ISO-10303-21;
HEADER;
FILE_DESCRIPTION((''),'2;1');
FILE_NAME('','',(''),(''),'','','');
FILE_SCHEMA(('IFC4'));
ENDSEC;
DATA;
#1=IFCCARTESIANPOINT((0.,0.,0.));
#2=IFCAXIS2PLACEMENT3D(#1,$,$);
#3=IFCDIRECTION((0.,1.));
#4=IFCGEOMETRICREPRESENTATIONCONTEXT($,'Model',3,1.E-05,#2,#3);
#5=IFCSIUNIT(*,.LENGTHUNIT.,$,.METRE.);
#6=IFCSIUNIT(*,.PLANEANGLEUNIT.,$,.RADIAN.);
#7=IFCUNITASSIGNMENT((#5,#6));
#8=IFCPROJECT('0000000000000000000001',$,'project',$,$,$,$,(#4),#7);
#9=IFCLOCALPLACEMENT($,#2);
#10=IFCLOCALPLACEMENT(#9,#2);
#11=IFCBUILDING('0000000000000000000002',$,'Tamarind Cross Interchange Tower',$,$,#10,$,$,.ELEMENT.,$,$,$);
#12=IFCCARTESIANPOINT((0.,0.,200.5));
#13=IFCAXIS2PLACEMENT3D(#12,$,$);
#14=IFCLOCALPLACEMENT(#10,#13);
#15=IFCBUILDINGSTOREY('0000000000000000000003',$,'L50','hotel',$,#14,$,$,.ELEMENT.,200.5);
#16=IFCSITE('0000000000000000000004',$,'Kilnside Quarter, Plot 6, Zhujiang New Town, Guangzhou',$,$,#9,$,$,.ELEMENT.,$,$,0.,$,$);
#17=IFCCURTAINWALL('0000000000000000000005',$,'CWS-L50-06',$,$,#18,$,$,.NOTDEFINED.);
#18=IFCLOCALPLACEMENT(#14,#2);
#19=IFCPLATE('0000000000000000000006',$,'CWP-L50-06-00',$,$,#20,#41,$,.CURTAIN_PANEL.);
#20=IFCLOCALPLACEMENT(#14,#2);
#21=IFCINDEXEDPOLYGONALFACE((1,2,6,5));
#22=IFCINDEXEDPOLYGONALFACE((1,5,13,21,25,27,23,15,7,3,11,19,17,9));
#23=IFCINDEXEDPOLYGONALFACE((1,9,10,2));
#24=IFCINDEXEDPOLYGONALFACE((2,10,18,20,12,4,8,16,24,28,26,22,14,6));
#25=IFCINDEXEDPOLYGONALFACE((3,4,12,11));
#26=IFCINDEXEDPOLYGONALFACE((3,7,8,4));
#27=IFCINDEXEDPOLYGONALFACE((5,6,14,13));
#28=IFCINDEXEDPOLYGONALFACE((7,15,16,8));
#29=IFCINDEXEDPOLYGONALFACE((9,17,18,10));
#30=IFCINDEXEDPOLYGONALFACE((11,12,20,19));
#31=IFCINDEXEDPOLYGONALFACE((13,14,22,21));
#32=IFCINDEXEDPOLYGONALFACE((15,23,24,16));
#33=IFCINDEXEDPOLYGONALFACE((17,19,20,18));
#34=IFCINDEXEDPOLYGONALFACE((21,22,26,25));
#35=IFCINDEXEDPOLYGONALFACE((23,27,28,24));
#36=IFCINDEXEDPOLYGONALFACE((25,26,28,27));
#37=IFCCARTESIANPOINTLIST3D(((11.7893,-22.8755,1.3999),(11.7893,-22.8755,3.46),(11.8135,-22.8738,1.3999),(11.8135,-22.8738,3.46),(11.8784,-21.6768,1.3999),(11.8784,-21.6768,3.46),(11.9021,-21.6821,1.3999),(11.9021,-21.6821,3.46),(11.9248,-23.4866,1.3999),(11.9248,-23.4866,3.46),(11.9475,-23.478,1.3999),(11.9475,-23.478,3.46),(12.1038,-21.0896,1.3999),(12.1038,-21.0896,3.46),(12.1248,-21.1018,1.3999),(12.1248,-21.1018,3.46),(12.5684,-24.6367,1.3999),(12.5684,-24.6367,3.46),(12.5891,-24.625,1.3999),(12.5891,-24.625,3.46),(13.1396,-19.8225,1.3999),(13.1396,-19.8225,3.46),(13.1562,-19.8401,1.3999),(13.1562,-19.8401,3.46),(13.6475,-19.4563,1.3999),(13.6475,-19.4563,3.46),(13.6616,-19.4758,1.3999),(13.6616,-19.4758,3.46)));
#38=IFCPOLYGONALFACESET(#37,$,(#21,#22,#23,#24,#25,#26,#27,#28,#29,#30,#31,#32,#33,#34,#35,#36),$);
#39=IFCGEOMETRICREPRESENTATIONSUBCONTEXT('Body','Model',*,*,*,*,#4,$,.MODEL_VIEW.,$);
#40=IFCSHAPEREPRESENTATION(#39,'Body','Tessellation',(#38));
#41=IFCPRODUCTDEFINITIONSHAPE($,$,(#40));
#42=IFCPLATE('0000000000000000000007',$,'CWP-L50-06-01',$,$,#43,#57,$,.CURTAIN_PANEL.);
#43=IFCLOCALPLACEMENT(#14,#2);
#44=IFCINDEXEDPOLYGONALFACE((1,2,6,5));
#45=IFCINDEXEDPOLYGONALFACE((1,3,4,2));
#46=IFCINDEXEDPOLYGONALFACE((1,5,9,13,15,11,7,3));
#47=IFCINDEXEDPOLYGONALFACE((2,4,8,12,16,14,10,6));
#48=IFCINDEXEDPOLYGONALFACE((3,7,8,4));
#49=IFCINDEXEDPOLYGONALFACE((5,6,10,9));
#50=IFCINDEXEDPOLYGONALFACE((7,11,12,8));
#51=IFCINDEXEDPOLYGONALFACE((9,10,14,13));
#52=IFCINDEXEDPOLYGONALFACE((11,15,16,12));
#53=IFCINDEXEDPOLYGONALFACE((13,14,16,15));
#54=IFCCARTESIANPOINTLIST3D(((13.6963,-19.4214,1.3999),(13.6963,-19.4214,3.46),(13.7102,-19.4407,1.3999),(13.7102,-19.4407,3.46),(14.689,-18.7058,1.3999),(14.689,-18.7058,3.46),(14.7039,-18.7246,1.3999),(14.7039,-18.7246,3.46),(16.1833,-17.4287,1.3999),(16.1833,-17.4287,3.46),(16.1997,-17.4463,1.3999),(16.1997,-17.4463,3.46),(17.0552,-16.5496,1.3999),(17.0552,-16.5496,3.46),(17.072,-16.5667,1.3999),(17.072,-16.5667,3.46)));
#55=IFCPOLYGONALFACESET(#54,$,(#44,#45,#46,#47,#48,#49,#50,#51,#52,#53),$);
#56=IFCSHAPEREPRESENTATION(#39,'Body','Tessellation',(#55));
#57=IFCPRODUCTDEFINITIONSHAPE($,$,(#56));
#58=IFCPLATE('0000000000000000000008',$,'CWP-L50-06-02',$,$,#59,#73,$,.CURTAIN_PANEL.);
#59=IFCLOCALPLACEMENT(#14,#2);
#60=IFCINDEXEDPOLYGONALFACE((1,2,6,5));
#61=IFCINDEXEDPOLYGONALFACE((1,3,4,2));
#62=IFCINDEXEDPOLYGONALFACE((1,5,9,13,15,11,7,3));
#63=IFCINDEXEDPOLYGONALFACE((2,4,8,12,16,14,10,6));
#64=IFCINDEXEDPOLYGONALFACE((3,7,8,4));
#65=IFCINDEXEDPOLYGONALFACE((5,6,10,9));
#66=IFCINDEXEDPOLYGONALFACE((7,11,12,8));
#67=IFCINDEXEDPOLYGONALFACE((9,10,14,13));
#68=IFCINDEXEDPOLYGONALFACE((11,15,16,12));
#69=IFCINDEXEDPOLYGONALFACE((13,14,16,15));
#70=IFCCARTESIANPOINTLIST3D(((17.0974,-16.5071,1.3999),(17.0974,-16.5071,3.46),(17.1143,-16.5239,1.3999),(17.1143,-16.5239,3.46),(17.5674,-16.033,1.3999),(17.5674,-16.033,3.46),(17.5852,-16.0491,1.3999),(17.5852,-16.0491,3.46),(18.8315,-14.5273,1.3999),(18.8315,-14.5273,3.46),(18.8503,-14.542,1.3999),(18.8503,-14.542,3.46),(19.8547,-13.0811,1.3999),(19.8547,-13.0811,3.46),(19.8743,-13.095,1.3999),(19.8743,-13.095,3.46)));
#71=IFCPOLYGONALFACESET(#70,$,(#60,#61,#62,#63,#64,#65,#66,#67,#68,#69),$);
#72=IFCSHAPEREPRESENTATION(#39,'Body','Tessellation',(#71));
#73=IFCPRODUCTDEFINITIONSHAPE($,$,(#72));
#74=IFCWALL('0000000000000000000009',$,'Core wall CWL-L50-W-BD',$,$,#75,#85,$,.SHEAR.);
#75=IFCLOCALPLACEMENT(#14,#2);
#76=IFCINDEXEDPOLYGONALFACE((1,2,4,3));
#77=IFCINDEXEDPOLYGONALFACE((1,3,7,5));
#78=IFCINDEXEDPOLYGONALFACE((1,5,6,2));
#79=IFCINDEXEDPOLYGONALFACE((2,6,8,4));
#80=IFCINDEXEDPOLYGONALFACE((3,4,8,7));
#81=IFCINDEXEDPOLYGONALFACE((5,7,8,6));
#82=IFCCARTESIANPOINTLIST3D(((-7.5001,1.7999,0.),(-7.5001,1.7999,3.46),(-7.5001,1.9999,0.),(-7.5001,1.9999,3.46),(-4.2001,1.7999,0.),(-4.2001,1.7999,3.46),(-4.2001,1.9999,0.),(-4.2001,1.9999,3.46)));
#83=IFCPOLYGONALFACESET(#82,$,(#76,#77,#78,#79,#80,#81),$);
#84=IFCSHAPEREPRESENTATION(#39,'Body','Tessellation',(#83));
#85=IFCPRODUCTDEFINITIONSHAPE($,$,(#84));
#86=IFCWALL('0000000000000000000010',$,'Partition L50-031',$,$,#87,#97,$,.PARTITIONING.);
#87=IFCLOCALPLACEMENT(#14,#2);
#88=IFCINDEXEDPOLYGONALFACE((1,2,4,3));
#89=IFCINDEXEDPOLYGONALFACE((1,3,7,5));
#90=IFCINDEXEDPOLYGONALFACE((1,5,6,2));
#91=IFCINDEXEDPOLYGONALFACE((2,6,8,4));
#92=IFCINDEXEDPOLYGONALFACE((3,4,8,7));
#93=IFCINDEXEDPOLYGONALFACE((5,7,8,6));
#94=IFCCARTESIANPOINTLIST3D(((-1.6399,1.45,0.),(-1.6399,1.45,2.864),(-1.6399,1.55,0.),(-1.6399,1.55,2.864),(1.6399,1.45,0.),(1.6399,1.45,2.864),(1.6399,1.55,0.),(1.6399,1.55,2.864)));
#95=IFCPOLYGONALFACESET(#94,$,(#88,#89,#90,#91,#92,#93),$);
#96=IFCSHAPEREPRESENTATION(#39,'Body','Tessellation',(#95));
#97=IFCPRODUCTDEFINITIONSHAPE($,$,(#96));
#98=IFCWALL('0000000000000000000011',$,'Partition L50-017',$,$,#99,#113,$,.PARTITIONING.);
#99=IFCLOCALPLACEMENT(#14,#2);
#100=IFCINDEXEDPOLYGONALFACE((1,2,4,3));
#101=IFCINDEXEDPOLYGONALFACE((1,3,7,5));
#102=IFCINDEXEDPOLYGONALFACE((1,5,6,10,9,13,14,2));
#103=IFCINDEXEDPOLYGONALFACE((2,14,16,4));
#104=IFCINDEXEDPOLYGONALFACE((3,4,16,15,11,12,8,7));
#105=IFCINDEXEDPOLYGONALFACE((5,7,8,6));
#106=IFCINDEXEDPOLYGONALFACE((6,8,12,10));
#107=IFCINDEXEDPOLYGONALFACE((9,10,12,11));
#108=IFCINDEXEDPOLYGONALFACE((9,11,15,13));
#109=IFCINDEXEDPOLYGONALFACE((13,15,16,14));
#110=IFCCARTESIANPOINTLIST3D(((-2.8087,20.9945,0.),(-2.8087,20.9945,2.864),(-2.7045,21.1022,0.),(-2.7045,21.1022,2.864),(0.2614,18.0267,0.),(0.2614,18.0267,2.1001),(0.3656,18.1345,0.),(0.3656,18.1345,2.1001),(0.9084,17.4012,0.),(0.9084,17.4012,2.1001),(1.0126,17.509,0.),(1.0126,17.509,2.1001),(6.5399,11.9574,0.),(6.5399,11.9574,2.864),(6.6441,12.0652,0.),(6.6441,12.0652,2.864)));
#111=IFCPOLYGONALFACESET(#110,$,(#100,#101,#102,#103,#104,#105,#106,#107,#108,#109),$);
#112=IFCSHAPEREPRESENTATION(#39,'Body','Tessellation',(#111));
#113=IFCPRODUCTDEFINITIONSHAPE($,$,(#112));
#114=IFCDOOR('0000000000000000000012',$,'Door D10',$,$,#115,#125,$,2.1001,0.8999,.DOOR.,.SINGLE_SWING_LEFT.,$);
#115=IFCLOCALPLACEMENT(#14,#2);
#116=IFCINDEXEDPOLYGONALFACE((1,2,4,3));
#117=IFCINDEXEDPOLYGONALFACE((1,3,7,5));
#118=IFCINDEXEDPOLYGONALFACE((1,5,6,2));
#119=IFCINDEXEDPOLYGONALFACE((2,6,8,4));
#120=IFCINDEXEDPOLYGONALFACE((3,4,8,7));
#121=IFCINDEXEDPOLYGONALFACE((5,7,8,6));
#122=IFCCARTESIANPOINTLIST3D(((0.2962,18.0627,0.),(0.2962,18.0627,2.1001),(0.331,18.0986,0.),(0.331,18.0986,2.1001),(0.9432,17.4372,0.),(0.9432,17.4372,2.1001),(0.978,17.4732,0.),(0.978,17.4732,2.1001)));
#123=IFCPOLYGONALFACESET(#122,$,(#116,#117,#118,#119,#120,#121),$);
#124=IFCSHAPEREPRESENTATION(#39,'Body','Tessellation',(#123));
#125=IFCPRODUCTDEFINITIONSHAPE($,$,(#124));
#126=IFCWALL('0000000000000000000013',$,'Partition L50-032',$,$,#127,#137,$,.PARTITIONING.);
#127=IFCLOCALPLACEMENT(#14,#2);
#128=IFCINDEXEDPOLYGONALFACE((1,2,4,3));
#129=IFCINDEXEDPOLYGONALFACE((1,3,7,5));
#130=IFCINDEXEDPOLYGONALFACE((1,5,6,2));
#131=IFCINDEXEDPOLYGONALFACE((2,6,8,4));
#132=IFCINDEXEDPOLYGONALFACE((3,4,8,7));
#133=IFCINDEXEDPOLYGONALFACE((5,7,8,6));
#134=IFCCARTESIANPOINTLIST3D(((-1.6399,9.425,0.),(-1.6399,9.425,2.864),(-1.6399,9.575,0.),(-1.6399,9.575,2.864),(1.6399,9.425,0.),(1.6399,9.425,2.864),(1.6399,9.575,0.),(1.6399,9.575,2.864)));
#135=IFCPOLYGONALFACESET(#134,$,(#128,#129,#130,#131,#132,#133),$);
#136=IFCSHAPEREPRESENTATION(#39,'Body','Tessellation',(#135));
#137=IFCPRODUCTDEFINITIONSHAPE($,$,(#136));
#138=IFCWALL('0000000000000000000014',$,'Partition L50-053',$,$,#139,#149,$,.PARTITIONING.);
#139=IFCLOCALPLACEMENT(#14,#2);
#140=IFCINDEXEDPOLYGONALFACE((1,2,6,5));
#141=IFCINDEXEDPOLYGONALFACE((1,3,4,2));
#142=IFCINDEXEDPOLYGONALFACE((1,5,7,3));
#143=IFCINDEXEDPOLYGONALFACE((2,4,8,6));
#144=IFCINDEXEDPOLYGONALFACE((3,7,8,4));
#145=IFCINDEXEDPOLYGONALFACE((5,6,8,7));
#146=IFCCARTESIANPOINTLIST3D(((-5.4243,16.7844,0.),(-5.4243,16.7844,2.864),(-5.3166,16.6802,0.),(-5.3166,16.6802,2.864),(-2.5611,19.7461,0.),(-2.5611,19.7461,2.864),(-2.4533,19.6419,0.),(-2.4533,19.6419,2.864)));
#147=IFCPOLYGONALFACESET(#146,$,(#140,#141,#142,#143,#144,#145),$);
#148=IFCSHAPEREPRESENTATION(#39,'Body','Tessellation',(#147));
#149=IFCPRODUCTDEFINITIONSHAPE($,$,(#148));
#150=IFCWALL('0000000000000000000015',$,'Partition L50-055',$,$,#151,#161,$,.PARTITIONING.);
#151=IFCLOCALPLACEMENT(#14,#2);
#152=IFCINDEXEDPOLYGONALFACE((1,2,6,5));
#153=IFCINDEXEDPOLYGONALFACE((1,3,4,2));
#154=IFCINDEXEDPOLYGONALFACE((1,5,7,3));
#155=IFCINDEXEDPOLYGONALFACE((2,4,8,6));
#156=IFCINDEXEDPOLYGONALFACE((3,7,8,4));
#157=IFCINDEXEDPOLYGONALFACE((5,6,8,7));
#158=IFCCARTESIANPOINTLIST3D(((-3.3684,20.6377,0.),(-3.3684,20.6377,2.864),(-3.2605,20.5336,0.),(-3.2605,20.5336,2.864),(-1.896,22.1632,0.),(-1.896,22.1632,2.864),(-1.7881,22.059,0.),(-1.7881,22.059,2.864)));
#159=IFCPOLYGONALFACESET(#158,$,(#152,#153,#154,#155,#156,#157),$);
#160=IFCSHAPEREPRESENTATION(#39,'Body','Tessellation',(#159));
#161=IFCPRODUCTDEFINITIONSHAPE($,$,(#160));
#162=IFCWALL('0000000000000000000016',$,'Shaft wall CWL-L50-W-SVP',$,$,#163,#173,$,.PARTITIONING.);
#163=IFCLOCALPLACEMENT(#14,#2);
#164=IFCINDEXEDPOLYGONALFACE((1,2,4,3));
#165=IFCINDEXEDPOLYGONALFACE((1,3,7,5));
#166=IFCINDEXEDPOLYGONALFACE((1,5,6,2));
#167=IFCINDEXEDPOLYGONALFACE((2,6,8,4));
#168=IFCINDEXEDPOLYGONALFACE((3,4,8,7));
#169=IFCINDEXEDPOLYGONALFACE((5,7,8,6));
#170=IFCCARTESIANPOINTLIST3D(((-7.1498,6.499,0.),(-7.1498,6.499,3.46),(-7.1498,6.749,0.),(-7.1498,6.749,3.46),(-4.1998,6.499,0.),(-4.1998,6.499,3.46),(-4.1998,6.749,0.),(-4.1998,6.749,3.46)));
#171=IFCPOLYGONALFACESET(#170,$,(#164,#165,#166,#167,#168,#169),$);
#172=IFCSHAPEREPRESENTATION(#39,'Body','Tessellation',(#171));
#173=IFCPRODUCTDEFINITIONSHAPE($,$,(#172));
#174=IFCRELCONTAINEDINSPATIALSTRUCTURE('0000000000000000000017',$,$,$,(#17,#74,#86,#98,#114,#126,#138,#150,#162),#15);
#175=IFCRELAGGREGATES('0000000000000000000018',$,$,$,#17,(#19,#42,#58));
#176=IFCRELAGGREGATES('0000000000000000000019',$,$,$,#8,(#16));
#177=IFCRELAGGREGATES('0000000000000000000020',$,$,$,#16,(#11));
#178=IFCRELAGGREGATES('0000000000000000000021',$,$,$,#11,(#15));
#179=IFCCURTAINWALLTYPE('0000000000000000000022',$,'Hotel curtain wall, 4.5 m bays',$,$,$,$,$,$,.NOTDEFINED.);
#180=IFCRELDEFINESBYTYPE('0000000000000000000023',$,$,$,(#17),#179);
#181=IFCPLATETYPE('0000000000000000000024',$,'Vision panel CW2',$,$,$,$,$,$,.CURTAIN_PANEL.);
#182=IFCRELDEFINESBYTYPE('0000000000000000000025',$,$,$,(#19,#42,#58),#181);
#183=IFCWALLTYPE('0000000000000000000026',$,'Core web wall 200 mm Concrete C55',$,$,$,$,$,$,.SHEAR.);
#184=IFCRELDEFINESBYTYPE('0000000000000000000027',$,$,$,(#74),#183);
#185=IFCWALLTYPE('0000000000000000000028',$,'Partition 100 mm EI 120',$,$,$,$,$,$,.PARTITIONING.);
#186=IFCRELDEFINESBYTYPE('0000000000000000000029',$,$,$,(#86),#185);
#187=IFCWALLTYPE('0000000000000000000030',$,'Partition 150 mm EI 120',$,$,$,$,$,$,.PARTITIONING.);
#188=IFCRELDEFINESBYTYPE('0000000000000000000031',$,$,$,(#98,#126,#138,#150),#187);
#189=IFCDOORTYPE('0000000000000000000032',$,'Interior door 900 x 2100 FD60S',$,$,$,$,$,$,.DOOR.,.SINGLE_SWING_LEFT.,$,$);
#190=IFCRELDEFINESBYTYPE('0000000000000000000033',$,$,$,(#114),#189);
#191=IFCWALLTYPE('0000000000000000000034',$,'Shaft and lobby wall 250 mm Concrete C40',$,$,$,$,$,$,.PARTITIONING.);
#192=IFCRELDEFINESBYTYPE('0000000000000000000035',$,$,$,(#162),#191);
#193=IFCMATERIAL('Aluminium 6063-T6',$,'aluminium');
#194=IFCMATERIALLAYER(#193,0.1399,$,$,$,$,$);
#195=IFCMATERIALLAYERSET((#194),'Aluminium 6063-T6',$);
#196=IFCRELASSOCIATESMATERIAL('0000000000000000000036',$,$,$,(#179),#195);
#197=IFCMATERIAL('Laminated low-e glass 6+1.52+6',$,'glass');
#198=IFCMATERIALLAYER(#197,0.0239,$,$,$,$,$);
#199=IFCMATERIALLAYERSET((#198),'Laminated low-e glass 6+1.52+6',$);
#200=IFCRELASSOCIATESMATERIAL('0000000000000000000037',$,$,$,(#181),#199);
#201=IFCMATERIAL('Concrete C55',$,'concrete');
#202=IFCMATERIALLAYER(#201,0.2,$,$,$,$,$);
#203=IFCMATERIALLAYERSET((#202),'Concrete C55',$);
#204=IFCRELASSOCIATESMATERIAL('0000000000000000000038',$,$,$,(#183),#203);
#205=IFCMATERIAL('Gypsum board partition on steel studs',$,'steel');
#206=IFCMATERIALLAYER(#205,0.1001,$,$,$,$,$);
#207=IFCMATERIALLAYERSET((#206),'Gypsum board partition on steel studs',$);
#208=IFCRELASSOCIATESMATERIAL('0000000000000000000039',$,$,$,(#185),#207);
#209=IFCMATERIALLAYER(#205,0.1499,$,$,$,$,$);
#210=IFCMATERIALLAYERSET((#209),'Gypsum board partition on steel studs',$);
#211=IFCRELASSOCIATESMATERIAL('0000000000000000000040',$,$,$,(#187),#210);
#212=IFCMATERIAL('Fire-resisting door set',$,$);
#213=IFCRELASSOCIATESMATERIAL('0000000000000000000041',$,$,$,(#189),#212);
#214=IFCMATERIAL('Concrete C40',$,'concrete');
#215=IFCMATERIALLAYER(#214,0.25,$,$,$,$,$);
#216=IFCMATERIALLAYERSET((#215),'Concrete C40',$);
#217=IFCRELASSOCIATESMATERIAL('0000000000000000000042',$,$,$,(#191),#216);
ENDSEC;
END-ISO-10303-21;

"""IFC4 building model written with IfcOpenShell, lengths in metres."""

from ifc_helpers import new_model, si_unit, direction, frame, frame_2d, origin, place, context, subcontext, project, spatial, polyline, rectangle, outline, extrude, material, layer, layer_set, type_object, element, fill, aggregate, save


model = new_model("IFC4")

# Units and contexts
model_context = context("Model", 3, precision=1e-05, world=origin(), true_north=direction((0.0, 1.0)))
body_context = subcontext(model_context, "Body", "Model", "MODEL_VIEW")
ifc_project = project(units=[si_unit("LENGTHUNIT", "METRE"), si_unit("PLANEANGLEUNIT", "RADIAN")], contexts=[model_context])

# Site, building, storey
site_placement = place(None, origin())
site = spatial("IfcSite", under=ifc_project, at=site_placement, Name="Kilnside Quarter, Plot 6, Zhujiang New Town, Guangzhou", CompositionType="ELEMENT", RefElevation=0.0)
building_placement = place(site_placement, origin())
building = spatial("IfcBuilding", under=site, at=building_placement, Name="Tamarind Cross Interchange Tower", CompositionType="ELEMENT")
storey_placement = place(building_placement, frame((0.0, 0.0, 200.5)))
storey = spatial("IfcBuildingStorey", under=building, at=storey_placement, Name="L50", Description="hotel", CompositionType="ELEMENT", Elevation=200.5)

# Shared definitions
ifc_material_1 = material(Name="Aluminium 6063-T6", Category="aluminium")
ifc_layer_1 = layer(ifc_material_1, 0.1399)
ifc_layer_set_1 = layer_set([ifc_layer_1], Name="Aluminium 6063-T6")
curtain_wall_type = type_object("IfcCurtainWallType", Name="Hotel curtain wall, 4.5 m bays", PredefinedType="NOTDEFINED", material=ifc_layer_set_1)

# Shared definitions
ifc_material_2 = material(Name="Laminated low-e glass 6+1.52+6", Category="glass")
ifc_layer_2 = layer(ifc_material_2, 0.0239)
ifc_layer_set_2 = layer_set([ifc_layer_2], Name="Laminated low-e glass 6+1.52+6")
plate_type = type_object("IfcPlateType", Name="Vision panel CW2", PredefinedType="CURTAIN_PANEL", material=ifc_layer_set_2)

# Curtain wall, plates
curtain_wall_1_placement = place(storey_placement, origin())
curtain_wall_1 = element("IfcCurtainWall", 1, at=curtain_wall_1_placement, inside=storey, type_object=curtain_wall_type, Name="CWS-L50-06", PredefinedType="NOTDEFINED")
plate_1_placement = place(storey_placement, frame((0.0, 0.0, 1.3999)))
plate_1 = element("IfcPlate", 2, at=plate_1_placement, type_object=plate_type, Name="CWP-L50-06-00", PredefinedType="CURTAIN_PANEL", context=body_context, shape_type="SweptSolid", body=[
    extrude(outline(polyline([(12.5684, -24.6367), (11.9248, -23.4866), (11.7893, -22.8755), (11.8784, -21.6768), (12.1038, -21.0896), (13.1396, -19.8225), (13.6475, -19.4563), (13.6616, -19.4758), (13.1562, -19.8401), (12.1248, -21.1018), (11.9021, -21.6821), (11.8135, -22.8738), (11.9475, -23.478), (12.5891, -24.625), (12.5684, -24.6367)])), origin(), (0.0, 0.0, 1.0), 2.0601),
])
plate_2_placement = place(storey_placement, frame((0.0, 0.0, 1.3999)))
plate_2 = element("IfcPlate", 3, at=plate_2_placement, type_object=plate_type, Name="CWP-L50-06-01", PredefinedType="CURTAIN_PANEL", context=body_context, shape_type="SweptSolid", body=[
    extrude(outline(polyline([(13.6963, -19.4214), (14.689, -18.7058), (16.1833, -17.4287), (17.0552, -16.5496), (17.072, -16.5667), (16.1997, -17.4463), (14.7039, -18.7246), (13.7102, -19.4407), (13.6963, -19.4214)])), origin(), (0.0, 0.0, 1.0), 2.0601),
])
plate_3_placement = place(storey_placement, frame((0.0, 0.0, 1.3999)))
plate_3 = element("IfcPlate", 4, at=plate_3_placement, type_object=plate_type, Name="CWP-L50-06-02", PredefinedType="CURTAIN_PANEL", context=body_context, shape_type="SweptSolid", body=[
    extrude(outline(polyline([(17.0974, -16.5071), (17.5674, -16.033), (18.8315, -14.5273), (19.8547, -13.0811), (19.8743, -13.095), (18.8503, -14.542), (17.5852, -16.0491), (17.1143, -16.5239), (17.0974, -16.5071)])), origin(), (0.0, 0.0, 1.0), 2.0601),
])
aggregate(curtain_wall_1, [plate_1, plate_2, plate_3])

# Walls
ifc_material_3 = material(Name="Concrete C55", Category="concrete")
ifc_layer_3 = layer(ifc_material_3, 0.2)
ifc_layer_set_3 = layer_set([ifc_layer_3], Name="Concrete C55")
wall_type_1 = type_object("IfcWallType", Name="Core web wall 200 mm Concrete C55", PredefinedType="SHEAR", material=ifc_layer_set_3)
wall_1_placement = place(storey_placement, frame((-7.5, 1.8999, 0.0), z_axis=(0.0, 0.0, 1.0), x_axis=(1.0, 0.0, 0.0)))
element("IfcWall", 5, at=wall_1_placement, inside=storey, type_object=wall_type_1, Name="Core wall CWL-L50-W-BD", PredefinedType="SHEAR", context=body_context, shape_type="SweptSolid", body=[
    extrude(rectangle(XDim=3.3, YDim=0.2, at=frame_2d((1.6499, 0.0))), origin(), (0.0, 0.0, 1.0), 3.46),
])
ifc_material_4 = material(Name="Gypsum board partition on steel studs", Category="steel")
ifc_layer_4 = layer(ifc_material_4, 0.1001)
ifc_layer_set_4 = layer_set([ifc_layer_4], Name="Gypsum board partition on steel studs")
wall_type_2 = type_object("IfcWallType", Name="Partition 100 mm EI 120", PredefinedType="PARTITIONING", material=ifc_layer_set_4)
wall_2_placement = place(storey_placement, frame((-1.6399, 1.5, 0.0), z_axis=(0.0, 0.0, 1.0), x_axis=(1.0, 0.0, 0.0)))
element("IfcWall", 6, at=wall_2_placement, inside=storey, type_object=wall_type_2, Name="Partition L50-031", PredefinedType="PARTITIONING", context=body_context, shape_type="SweptSolid", body=[
    extrude(rectangle(XDim=3.2798, YDim=0.1001, at=frame_2d((1.6399, 0.0))), origin(), (0.0, 0.0, 1.0), 2.864),
])

# Wall, opening, door
ifc_layer_5 = layer(ifc_material_4, 0.1499)
ifc_layer_set_5 = layer_set([ifc_layer_5], Name="Gypsum board partition on steel studs")
wall_type_3 = type_object("IfcWallType", Name="Partition 150 mm EI 120", PredefinedType="PARTITIONING", material=ifc_layer_set_5)
wall_3_placement = place(storey_placement, frame((-2.7566, 21.0483, 0.0), z_axis=(0.0, 0.0, 1.0), x_axis=(0.718985, -0.695026, 0.0)))
wall_3 = element("IfcWall", 7, at=wall_3_placement, inside=storey, type_object=wall_type_3, Name="Partition L50-017", PredefinedType="PARTITIONING", context=body_context, shape_type="SweptSolid", body=[
    extrude(rectangle(XDim=13.0024, YDim=0.1499, at=frame_2d((6.5012, 0.0))), origin(), (0.0, 0.0, 1.0), 2.864),
])
opening_placement = place(wall_3_placement, frame((4.27, 0.0, 0.0)))
opening = element("IfcOpeningElement", 8, at=opening_placement, cuts=wall_3, PredefinedType="OPENING", context=body_context, shape_type="SweptSolid", body=[
    extrude(rectangle(XDim=0.8999, YDim=2.1001, at=frame_2d((0.45, 1.05))), frame((0.0, 0.085, 0.0), z_axis=(0.0, -1.0, 0.0), x_axis=(1.0, 0.0, 0.0)), (0.0, 0.0, 1.0), 0.1699),
])
ifc_material_5 = material(Name="Fire-resisting door set")
door_type = type_object("IfcDoorType", Name="Interior door 900 x 2100 FD60S", OperationType="SINGLE_SWING_LEFT", PredefinedType="DOOR", material=ifc_material_5)
door_placement = place(opening_placement, frame((0.8999, 0.0, 0.0), z_axis=(0.0, 0.0, 1.0), x_axis=(-1.0, 0.0, 0.0)))
door = element("IfcDoor", 9, at=door_placement, inside=storey, type_object=door_type, Name="Door D10", OperationType="SINGLE_SWING_LEFT", OverallHeight=2.1001, OverallWidth=0.8999, PredefinedType="DOOR", context=body_context, shape_type="SweptSolid", body=[
    extrude(rectangle(XDim=0.8999, YDim=2.1001, at=frame_2d((0.45, 1.05))), frame((0.0, 0.0249, 0.0), z_axis=(0.0, -1.0, 0.0), x_axis=(1.0, 0.0, 0.0)), (0.0, 0.0, 1.0), 0.05),
])
fill(opening, door)

# Walls
wall_4_placement = place(storey_placement, frame((-1.6399, 9.5, 0.0), z_axis=(0.0, 0.0, 1.0), x_axis=(1.0, 0.0, 0.0)))
element("IfcWall", 10, at=wall_4_placement, inside=storey, type_object=wall_type_3, Name="Partition L50-032", PredefinedType="PARTITIONING", context=body_context, shape_type="SweptSolid", body=[
    extrude(rectangle(XDim=3.2798, YDim=0.1499, at=frame_2d((1.6399, 0.0))), origin(), (0.0, 0.0, 1.0), 2.864),
])
wall_5_placement = place(storey_placement, frame((-5.3704, 16.7324, 0.0), z_axis=(0.0, 0.0, 1.0), x_axis=(0.695064, 0.718948, 0.0)))
element("IfcWall", 11, at=wall_5_placement, inside=storey, type_object=wall_type_3, Name="Partition L50-053", PredefinedType="PARTITIONING", context=body_context, shape_type="SweptSolid", body=[
    extrude(rectangle(XDim=4.1194, YDim=0.1499, at=frame_2d((2.0596, 0.0))), origin(), (0.0, 0.0, 1.0), 2.864),
])
wall_6_placement = place(storey_placement, frame((-3.3145, 20.5857, 0.0), z_axis=(0.0, 0.0, 1.0), x_axis=(0.694502, 0.719491, 0.0)))
element("IfcWall", 12, at=wall_6_placement, inside=storey, type_object=wall_type_3, Name="Partition L50-055", PredefinedType="PARTITIONING", context=body_context, shape_type="SweptSolid", body=[
    extrude(rectangle(XDim=2.1201, YDim=0.1499, at=frame_2d((1.0601, 0.0))), origin(), (0.0, 0.0, 1.0), 2.864),
])
ifc_material_6 = material(Name="Concrete C40", Category="concrete")
ifc_layer_6 = layer(ifc_material_6, 0.25)
ifc_layer_set_6 = layer_set([ifc_layer_6], Name="Concrete C40")
wall_type_4 = type_object("IfcWallType", Name="Shaft and lobby wall 250 mm Concrete C40", PredefinedType="PARTITIONING", material=ifc_layer_set_6)
wall_7_placement = place(storey_placement, frame((-7.1499, 6.624, 0.0), z_axis=(0.0, 0.0, 1.0), x_axis=(1.0, 0.0, 0.0)))
element("IfcWall", 13, at=wall_7_placement, inside=storey, type_object=wall_type_4, Name="Shaft wall CWL-L50-W-SVP", PredefinedType="PARTITIONING", context=body_context, shape_type="SweptSolid", body=[
    extrude(rectangle(XDim=2.95, YDim=0.25, at=frame_2d((1.4751, 0.0))), origin(), (0.0, 0.0, 1.0), 3.46),
])

save(model, "model.ifc")
